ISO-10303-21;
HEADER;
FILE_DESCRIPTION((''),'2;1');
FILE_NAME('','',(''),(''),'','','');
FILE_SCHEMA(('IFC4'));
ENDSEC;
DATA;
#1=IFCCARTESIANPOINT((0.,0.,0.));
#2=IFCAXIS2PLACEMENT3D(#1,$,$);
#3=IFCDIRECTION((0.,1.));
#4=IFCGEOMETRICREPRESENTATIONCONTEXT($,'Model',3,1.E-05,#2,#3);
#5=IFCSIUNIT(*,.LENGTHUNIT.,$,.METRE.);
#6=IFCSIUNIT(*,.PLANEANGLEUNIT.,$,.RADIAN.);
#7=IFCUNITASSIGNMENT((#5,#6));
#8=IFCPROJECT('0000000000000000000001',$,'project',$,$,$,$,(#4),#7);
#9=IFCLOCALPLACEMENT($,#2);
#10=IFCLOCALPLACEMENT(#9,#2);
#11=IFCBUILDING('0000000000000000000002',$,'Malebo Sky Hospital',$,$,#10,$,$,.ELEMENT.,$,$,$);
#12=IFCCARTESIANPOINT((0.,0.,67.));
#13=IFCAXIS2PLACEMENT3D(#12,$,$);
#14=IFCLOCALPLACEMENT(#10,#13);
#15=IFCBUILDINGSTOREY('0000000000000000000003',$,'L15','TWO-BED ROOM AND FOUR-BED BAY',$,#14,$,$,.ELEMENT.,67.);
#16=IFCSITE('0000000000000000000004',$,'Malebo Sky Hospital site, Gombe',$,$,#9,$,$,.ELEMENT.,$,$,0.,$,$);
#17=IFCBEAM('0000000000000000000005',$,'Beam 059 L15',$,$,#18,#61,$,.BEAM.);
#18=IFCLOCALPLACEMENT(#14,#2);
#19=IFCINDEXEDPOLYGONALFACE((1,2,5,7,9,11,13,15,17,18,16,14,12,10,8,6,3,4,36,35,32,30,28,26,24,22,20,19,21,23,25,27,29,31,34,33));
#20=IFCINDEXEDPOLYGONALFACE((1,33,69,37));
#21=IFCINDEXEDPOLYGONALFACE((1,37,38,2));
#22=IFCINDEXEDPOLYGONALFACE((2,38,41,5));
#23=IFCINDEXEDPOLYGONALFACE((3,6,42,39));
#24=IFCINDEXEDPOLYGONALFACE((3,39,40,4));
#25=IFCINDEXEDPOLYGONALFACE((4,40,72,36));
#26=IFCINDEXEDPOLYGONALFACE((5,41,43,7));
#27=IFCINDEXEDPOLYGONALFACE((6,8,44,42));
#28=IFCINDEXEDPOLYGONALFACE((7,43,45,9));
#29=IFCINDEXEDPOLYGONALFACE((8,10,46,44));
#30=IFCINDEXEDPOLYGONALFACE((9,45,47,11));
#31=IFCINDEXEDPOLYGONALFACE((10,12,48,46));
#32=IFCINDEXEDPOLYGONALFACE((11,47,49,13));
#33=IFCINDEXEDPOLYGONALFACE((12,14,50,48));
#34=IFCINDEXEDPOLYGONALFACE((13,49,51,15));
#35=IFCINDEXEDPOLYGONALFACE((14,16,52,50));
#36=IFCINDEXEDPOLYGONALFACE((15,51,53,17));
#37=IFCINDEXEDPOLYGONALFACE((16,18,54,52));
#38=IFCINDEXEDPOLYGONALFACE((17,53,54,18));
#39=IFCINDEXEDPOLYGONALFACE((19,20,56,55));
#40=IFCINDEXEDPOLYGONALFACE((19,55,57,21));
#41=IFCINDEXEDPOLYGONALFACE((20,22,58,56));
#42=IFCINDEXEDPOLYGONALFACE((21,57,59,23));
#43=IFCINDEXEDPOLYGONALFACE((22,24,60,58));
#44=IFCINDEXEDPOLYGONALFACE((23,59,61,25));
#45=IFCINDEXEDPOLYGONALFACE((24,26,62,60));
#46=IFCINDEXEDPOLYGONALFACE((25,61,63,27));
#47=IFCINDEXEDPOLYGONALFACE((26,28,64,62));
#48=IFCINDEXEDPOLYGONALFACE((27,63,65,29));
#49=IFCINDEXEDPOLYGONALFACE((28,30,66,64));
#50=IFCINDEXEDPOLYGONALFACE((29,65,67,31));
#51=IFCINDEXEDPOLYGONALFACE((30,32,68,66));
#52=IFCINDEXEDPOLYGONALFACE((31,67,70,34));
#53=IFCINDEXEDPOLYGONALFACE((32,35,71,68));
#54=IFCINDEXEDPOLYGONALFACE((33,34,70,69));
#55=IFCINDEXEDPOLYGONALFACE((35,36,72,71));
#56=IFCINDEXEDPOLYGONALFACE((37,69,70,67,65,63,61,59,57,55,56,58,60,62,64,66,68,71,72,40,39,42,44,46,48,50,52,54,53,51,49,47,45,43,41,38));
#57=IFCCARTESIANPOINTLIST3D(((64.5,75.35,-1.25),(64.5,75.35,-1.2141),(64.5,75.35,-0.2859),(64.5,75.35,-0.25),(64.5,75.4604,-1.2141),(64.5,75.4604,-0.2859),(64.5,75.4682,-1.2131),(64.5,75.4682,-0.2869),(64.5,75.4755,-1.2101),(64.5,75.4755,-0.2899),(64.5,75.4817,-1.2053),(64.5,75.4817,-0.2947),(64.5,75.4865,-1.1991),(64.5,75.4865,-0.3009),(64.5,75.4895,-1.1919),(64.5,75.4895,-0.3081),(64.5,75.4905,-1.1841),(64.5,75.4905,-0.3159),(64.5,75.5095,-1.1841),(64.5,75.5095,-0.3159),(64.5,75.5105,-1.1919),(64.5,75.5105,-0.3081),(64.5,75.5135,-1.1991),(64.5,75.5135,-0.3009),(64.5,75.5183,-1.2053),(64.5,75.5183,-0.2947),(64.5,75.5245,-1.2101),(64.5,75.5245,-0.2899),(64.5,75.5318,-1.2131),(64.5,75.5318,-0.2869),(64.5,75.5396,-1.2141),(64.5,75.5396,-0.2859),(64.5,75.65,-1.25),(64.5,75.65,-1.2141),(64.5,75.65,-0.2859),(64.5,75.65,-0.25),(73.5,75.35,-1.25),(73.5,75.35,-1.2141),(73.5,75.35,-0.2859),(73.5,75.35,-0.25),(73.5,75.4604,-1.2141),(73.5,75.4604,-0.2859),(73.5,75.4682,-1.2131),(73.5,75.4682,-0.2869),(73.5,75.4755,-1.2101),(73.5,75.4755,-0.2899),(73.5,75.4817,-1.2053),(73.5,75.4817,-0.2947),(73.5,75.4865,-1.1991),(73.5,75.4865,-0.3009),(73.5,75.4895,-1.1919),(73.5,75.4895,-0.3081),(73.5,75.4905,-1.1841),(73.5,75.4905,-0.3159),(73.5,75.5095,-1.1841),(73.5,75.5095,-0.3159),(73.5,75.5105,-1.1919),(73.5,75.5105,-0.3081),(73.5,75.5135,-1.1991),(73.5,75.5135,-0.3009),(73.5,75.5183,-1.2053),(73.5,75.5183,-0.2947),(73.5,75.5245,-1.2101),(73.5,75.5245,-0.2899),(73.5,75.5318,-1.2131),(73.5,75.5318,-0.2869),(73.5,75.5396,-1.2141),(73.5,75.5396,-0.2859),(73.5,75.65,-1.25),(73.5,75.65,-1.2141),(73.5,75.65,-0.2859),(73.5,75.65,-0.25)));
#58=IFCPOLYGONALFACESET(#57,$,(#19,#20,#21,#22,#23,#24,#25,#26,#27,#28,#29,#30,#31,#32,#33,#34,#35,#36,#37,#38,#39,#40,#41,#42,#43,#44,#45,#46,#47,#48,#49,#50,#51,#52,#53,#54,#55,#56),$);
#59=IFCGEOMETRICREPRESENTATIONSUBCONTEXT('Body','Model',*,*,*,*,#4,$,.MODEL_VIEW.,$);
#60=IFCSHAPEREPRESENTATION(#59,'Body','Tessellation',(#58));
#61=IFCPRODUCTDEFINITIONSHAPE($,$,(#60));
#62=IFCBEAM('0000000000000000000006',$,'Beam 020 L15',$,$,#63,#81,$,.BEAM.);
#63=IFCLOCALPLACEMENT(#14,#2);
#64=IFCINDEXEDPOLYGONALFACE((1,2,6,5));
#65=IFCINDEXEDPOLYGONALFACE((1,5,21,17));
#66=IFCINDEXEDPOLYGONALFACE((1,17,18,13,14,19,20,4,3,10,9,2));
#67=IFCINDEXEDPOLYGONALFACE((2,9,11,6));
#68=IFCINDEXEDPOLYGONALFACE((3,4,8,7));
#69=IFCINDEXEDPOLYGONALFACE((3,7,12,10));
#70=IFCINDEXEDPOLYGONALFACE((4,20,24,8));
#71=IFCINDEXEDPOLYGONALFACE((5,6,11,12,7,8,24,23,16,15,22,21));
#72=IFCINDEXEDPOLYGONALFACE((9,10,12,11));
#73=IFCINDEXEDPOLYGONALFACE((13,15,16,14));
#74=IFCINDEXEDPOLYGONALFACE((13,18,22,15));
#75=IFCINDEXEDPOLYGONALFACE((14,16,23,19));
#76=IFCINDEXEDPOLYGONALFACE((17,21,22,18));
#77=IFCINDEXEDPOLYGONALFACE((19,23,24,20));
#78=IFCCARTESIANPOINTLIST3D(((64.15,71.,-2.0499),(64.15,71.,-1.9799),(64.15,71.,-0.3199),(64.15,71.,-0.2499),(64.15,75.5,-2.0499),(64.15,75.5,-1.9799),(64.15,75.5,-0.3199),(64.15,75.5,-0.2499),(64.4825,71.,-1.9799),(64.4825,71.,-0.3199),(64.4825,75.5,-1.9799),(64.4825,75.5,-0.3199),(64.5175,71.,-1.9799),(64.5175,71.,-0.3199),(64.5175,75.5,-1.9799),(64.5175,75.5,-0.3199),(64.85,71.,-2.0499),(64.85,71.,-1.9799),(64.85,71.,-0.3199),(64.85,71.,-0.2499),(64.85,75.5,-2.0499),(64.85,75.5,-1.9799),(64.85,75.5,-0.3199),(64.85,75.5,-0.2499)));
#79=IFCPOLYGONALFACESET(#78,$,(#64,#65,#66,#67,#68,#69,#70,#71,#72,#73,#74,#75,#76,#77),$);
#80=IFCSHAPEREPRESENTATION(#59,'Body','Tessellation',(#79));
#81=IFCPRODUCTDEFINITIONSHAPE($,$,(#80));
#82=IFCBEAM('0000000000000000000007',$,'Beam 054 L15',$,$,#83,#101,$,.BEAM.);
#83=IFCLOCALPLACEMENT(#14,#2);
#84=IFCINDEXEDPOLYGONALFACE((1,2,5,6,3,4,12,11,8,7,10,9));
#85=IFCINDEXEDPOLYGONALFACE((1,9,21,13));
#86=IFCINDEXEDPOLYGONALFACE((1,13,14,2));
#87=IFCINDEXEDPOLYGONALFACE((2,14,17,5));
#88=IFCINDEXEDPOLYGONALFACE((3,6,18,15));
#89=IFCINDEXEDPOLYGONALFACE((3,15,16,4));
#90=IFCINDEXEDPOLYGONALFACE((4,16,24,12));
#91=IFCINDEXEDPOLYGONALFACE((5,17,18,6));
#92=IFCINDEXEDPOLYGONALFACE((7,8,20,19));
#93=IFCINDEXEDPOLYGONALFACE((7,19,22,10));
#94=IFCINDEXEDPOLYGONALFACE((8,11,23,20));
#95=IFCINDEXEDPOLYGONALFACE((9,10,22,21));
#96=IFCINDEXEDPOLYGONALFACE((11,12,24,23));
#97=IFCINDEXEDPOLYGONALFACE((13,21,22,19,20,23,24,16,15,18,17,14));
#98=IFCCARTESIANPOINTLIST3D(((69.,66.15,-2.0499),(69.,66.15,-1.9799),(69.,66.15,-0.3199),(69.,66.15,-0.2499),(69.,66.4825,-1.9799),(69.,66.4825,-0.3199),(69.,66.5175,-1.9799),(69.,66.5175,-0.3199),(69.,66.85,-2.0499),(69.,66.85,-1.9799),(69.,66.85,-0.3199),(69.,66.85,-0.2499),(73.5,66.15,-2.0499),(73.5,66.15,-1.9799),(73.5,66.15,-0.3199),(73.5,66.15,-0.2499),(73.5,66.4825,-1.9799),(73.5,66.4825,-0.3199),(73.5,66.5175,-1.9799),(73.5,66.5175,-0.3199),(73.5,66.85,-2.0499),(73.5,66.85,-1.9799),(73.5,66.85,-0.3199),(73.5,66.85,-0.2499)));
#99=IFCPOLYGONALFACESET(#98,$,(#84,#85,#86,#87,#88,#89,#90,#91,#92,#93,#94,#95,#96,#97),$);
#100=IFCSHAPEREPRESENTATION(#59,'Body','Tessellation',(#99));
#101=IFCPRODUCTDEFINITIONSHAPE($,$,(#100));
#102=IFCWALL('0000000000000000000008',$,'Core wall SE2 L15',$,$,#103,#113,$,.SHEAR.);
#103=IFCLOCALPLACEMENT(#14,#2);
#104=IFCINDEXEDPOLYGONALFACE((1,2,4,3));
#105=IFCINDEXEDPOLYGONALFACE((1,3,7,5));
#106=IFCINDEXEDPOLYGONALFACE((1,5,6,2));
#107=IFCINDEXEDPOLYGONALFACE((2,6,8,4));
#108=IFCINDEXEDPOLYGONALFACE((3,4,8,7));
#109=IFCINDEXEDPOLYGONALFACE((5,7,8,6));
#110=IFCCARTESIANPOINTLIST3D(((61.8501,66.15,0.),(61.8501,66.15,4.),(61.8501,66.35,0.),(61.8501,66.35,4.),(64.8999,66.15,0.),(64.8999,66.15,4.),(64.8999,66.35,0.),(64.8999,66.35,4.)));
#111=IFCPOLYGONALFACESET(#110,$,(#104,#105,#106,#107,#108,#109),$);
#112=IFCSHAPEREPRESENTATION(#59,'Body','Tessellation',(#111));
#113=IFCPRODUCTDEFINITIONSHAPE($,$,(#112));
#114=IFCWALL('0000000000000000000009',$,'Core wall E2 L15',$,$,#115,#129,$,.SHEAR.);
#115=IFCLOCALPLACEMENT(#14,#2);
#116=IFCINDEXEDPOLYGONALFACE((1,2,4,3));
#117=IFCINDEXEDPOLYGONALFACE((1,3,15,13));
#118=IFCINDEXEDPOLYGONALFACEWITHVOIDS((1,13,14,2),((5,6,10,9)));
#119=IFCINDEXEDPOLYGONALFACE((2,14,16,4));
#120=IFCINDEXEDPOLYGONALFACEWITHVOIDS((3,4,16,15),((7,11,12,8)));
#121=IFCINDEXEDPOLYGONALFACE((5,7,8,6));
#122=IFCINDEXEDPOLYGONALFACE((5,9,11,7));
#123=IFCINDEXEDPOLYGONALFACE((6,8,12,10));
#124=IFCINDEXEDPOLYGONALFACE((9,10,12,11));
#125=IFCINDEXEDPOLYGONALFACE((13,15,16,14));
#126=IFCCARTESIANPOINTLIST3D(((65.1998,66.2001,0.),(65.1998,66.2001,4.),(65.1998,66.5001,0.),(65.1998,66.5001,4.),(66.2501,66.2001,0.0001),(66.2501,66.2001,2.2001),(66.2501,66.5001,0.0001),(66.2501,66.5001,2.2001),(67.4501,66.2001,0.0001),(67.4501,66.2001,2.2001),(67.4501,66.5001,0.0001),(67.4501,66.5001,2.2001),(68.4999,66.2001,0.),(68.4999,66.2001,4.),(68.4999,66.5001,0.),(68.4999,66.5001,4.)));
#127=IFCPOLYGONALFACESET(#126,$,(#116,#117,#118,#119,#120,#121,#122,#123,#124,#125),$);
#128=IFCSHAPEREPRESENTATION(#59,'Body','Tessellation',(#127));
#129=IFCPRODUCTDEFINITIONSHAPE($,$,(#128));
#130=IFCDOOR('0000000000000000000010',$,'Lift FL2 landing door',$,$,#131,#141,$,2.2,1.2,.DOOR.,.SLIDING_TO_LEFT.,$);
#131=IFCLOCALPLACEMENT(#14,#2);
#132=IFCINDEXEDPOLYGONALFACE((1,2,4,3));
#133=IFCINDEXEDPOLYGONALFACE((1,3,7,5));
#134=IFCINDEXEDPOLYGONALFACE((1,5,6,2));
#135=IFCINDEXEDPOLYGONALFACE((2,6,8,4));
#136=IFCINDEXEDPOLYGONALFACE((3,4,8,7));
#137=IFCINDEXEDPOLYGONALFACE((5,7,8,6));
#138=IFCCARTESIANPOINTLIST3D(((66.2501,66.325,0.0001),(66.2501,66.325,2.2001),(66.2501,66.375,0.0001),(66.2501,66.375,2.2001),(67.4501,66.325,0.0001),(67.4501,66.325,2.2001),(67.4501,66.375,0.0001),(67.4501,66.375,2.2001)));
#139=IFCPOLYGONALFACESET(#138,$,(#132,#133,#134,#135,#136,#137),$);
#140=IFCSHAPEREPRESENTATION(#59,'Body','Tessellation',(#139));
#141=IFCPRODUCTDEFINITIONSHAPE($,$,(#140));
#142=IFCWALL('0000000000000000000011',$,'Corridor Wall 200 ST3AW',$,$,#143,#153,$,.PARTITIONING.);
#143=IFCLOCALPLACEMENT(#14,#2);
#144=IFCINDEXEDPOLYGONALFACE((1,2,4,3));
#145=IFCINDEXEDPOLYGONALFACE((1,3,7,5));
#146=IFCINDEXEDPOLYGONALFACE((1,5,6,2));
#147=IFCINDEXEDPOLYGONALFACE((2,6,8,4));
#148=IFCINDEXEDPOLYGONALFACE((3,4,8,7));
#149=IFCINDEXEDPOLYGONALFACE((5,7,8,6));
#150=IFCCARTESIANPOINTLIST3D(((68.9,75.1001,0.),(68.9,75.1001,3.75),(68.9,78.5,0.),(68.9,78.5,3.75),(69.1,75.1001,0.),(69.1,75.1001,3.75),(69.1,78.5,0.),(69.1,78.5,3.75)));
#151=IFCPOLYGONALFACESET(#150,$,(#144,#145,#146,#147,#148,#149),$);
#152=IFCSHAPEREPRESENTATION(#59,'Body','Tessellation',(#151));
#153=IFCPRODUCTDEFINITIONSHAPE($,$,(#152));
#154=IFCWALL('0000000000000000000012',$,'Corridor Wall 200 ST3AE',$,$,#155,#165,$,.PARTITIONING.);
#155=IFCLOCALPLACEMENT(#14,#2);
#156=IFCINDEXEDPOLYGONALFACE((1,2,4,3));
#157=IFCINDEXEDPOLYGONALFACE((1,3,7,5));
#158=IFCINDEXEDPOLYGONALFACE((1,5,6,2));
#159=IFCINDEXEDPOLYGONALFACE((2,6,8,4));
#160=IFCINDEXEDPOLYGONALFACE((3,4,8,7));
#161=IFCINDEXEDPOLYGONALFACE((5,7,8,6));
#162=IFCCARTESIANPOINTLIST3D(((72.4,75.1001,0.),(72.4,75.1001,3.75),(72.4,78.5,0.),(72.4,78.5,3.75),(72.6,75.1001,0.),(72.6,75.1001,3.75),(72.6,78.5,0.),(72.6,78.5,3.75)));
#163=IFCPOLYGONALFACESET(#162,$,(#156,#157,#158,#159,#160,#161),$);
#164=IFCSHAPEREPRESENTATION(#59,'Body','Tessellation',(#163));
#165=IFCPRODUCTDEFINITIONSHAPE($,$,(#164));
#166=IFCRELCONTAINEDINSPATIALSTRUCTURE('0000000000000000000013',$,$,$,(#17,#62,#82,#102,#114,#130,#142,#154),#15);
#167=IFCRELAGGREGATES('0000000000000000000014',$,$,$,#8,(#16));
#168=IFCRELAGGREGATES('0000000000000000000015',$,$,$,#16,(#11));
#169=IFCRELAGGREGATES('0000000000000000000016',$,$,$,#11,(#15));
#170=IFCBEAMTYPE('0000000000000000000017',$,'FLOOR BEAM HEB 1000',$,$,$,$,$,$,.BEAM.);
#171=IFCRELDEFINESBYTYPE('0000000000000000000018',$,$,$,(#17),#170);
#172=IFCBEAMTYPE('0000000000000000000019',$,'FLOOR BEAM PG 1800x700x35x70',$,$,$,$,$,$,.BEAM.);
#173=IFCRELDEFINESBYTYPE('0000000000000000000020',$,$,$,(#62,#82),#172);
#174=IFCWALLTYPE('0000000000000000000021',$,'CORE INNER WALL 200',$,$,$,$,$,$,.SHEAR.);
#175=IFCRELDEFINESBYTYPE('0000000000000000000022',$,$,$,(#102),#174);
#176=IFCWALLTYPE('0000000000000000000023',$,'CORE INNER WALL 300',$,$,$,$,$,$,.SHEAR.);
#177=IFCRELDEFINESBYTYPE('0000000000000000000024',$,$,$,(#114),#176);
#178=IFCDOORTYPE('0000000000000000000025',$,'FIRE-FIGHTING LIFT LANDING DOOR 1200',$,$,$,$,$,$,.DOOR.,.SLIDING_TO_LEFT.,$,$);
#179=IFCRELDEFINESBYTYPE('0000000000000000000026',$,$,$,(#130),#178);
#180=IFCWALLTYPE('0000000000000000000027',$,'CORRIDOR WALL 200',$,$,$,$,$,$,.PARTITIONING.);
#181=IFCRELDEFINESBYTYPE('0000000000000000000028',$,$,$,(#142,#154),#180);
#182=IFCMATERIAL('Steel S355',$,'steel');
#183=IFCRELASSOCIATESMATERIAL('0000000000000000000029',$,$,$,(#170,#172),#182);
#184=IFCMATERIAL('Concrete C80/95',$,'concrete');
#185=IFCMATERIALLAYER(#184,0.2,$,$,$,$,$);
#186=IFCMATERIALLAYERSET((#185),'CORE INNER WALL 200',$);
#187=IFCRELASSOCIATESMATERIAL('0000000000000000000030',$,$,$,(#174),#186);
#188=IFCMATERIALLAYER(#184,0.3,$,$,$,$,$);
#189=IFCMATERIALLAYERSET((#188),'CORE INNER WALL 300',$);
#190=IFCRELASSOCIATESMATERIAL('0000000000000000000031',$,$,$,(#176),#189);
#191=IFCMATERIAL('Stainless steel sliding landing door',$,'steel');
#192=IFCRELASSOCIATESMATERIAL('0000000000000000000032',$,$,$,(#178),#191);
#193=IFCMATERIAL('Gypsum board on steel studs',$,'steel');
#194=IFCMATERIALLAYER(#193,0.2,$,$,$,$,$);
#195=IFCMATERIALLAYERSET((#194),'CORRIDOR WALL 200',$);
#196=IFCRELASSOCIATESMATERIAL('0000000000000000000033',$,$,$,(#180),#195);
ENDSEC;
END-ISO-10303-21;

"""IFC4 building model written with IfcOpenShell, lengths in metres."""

from ifc_helpers import new_model, si_unit, direction, frame, frame_2d, origin, origin_2d, place, context, subcontext, project, spatial, rectangle, i_section, extrude, material, layer, layer_set, material_profile, profile_set, type_object, element, fill, save


model = new_model("IFC4")

# Units and contexts
model_context = context("Model", 3, precision=1e-05, world=origin(), true_north=direction((0.0, 1.0)))
body_context = subcontext(model_context, "Body", "Model", "MODEL_VIEW")
ifc_project = project(units=[si_unit("LENGTHUNIT", "METRE"), si_unit("PLANEANGLEUNIT", "RADIAN")], contexts=[model_context])

# Site, building, storey
site_placement = place(None, origin())
site = spatial("IfcSite", under=ifc_project, at=site_placement, Name="Malebo Sky Hospital site, Gombe", CompositionType="ELEMENT", RefElevation=0.0)
building_placement = place(site_placement, origin())
building = spatial("IfcBuilding", under=site, at=building_placement, Name="Malebo Sky Hospital", CompositionType="ELEMENT")
storey_placement = place(building_placement, frame((0.0, 0.0, 67.0)))
storey = spatial("IfcBuildingStorey", under=building, at=storey_placement, Name="L15", Description="TWO-BED ROOM AND FOUR-BED BAY", CompositionType="ELEMENT", Elevation=67.0)

# Beams
ifc_material_1 = material(Name="Steel S355", Category="steel")
ifc_material_profile_1 = material_profile(ifc_material_1, i_section(OverallWidth=0.3, OverallDepth=1.0, WebThickness=0.019, FlangeThickness=0.0359, FilletRadius=0.03, at=origin_2d()), Name="HEB 1000")
ifc_profile_set_1 = profile_set([ifc_material_profile_1], Name="Steel S355")
beam_type_1 = type_object("IfcBeamType", Name="FLOOR BEAM HEB 1000", PredefinedType="BEAM", material=ifc_profile_set_1)
beam_1_placement = place(storey_placement, frame((64.5, 75.5, -0.75), z_axis=(1.0, 0.0, 0.0), x_axis=(0.0, 1.0, 0.0)))
element("IfcBeam", 1, at=beam_1_placement, inside=storey, type_object=beam_type_1, Name="Beam 059 L15", PredefinedType="BEAM", context=body_context, shape_type="SweptSolid", body=[
    extrude(i_section(OverallWidth=0.3, OverallDepth=1.0, WebThickness=0.019, FlangeThickness=0.0359, FilletRadius=0.03, at=origin_2d()), origin(), (0.0, 0.0, 1.0), 9.0),
])
ifc_material_profile_2 = material_profile(ifc_material_1, i_section(OverallWidth=0.7, OverallDepth=1.8, WebThickness=0.0349, FlangeThickness=0.0701, at=origin_2d()), Name="PG 1800x700x35x70")
ifc_profile_set_2 = profile_set([ifc_material_profile_2], Name="Steel S355")
beam_type_2 = type_object("IfcBeamType", Name="FLOOR BEAM PG 1800x700x35x70", PredefinedType="BEAM", material=ifc_profile_set_2)
for number, where, z_axis, x_axis, name in (
    (2, (64.5, 71.0, -1.1499), (0.0, 1.0, 0.0), (-1.0, 0.0, 0.0), "Beam 020 L15"),
    (3, (69.0, 66.5, -1.1499), (1.0, 0.0, 0.0), (0.0, 1.0, 0.0), "Beam 054 L15"),
):
    element("IfcBeam", number, at=place(storey_placement, frame(where, z_axis=z_axis, x_axis=x_axis)), inside=storey, type_object=beam_type_2, Name=name, PredefinedType="BEAM", context=body_context, shape_type="SweptSolid", body=[
        extrude(i_section(OverallWidth=0.7, OverallDepth=1.8, WebThickness=0.0349, FlangeThickness=0.0701, at=origin_2d()), origin(), (0.0, 0.0, 1.0), 4.5),
    ])

# Wall
ifc_material_2 = material(Name="Concrete C80/95", Category="concrete")
ifc_layer_1 = layer(ifc_material_2, 0.2)
ifc_layer_set_1 = layer_set([ifc_layer_1], Name="CORE INNER WALL 200")
wall_type_1 = type_object("IfcWallType", Name="CORE INNER WALL 200", PredefinedType="SHEAR", material=ifc_layer_set_1)
wall_1_placement = place(storey_placement, frame((61.8501, 66.25, 0.0), z_axis=(0.0, 0.0, 1.0), x_axis=(1.0, 0.0, 0.0)))
element("IfcWall", 4, at=wall_1_placement, inside=storey, type_object=wall_type_1, Name="Core wall SE2 L15", PredefinedType="SHEAR", context=body_context, shape_type="SweptSolid", body=[
    extrude(rectangle(XDim=3.0498, YDim=0.2, at=frame_2d((1.5249, 0.0))), origin(), (0.0, 0.0, 1.0), 4.0),
])

# Wall, opening, door
ifc_layer_2 = layer(ifc_material_2, 0.3)
ifc_layer_set_2 = layer_set([ifc_layer_2], Name="CORE INNER WALL 300")
wall_type_2 = type_object("IfcWallType", Name="CORE INNER WALL 300", PredefinedType="SHEAR", material=ifc_layer_set_2)
wall_2_placement = place(storey_placement, frame((65.2, 66.3501, 0.0), z_axis=(0.0, 0.0, 1.0), x_axis=(1.0, 0.0, 0.0)))
wall_2 = element("IfcWall", 5, at=wall_2_placement, inside=storey, type_object=wall_type_2, Name="Core wall E2 L15", PredefinedType="SHEAR", context=body_context, shape_type="SweptSolid", body=[
    extrude(rectangle(XDim=3.3, YDim=0.3, at=frame_2d((1.6499, 0.0))), origin(), (0.0, 0.0, 1.0), 4.0),
])
opening_1_placement = place(wall_2_placement, frame((1.05, 0.0, 0.0)))
opening_1 = element("IfcOpeningElement", 6, at=opening_1_placement, cuts=wall_2, PredefinedType="OPENING", context=body_context, shape_type="SweptSolid", body=[
    extrude(rectangle(XDim=1.2, YDim=2.2, at=frame_2d((0.6001, 1.1001))), frame((0.0, 0.1599, 0.0), z_axis=(0.0, -1.0, 0.0), x_axis=(1.0, 0.0, 0.0)), (0.0, 0.0, 1.0), 0.3201),
])
ifc_material_3 = material(Name="Stainless steel sliding landing door", Category="steel")
door_type_1 = type_object("IfcDoorType", Name="FIRE-FIGHTING LIFT LANDING DOOR 1200", OperationType="SLIDING_TO_LEFT", PredefinedType="DOOR", material=ifc_material_3)
door_1_placement = place(opening_1_placement, origin())
door_1 = element("IfcDoor", 7, at=door_1_placement, inside=storey, type_object=door_type_1, Name="Lift FL2 landing door", OperationType="SLIDING_TO_LEFT", OverallHeight=2.2, OverallWidth=1.2, PredefinedType="DOOR", context=body_context, shape_type="SweptSolid", body=[
    extrude(rectangle(XDim=1.2, YDim=2.2, at=frame_2d((0.6001, 1.1001))), frame((0.0, 0.0249, 0.0), z_axis=(0.0, -1.0, 0.0), x_axis=(1.0, 0.0, 0.0)), (0.0, 0.0, 1.0), 0.05),
])
fill(opening_1, door_1)

# Walls
ifc_material_4 = material(Name="Gypsum board on steel studs", Category="steel")
ifc_layer_3 = layer(ifc_material_4, 0.2)
ifc_layer_set_3 = layer_set([ifc_layer_3], Name="CORRIDOR WALL 200")
wall_type_3 = type_object("IfcWallType", Name="CORRIDOR WALL 200", PredefinedType="PARTITIONING", material=ifc_layer_set_3)
for number, where, z_axis, x_axis, name in (
    (8, (69.0, 75.1001, 0.0), (0.0, 0.0, 1.0), (0.0, 1.0, 0.0), "Corridor Wall 200 ST3AW"),
    (9, (72.5, 75.1001, 0.0), (0.0, 0.0, 1.0), (0.0, 1.0, 0.0), "Corridor Wall 200 ST3AE"),
):
    element("IfcWall", number, at=place(storey_placement, frame(where, z_axis=z_axis, x_axis=x_axis)), inside=storey, type_object=wall_type_3, Name=name, PredefinedType="PARTITIONING", context=body_context, shape_type="SweptSolid", body=[
        extrude(rectangle(XDim=3.3999, YDim=0.2, at=frame_2d((1.7, 0.0))), origin(), (0.0, 0.0, 1.0), 3.75),
    ])

save(model, "model.ifc")
